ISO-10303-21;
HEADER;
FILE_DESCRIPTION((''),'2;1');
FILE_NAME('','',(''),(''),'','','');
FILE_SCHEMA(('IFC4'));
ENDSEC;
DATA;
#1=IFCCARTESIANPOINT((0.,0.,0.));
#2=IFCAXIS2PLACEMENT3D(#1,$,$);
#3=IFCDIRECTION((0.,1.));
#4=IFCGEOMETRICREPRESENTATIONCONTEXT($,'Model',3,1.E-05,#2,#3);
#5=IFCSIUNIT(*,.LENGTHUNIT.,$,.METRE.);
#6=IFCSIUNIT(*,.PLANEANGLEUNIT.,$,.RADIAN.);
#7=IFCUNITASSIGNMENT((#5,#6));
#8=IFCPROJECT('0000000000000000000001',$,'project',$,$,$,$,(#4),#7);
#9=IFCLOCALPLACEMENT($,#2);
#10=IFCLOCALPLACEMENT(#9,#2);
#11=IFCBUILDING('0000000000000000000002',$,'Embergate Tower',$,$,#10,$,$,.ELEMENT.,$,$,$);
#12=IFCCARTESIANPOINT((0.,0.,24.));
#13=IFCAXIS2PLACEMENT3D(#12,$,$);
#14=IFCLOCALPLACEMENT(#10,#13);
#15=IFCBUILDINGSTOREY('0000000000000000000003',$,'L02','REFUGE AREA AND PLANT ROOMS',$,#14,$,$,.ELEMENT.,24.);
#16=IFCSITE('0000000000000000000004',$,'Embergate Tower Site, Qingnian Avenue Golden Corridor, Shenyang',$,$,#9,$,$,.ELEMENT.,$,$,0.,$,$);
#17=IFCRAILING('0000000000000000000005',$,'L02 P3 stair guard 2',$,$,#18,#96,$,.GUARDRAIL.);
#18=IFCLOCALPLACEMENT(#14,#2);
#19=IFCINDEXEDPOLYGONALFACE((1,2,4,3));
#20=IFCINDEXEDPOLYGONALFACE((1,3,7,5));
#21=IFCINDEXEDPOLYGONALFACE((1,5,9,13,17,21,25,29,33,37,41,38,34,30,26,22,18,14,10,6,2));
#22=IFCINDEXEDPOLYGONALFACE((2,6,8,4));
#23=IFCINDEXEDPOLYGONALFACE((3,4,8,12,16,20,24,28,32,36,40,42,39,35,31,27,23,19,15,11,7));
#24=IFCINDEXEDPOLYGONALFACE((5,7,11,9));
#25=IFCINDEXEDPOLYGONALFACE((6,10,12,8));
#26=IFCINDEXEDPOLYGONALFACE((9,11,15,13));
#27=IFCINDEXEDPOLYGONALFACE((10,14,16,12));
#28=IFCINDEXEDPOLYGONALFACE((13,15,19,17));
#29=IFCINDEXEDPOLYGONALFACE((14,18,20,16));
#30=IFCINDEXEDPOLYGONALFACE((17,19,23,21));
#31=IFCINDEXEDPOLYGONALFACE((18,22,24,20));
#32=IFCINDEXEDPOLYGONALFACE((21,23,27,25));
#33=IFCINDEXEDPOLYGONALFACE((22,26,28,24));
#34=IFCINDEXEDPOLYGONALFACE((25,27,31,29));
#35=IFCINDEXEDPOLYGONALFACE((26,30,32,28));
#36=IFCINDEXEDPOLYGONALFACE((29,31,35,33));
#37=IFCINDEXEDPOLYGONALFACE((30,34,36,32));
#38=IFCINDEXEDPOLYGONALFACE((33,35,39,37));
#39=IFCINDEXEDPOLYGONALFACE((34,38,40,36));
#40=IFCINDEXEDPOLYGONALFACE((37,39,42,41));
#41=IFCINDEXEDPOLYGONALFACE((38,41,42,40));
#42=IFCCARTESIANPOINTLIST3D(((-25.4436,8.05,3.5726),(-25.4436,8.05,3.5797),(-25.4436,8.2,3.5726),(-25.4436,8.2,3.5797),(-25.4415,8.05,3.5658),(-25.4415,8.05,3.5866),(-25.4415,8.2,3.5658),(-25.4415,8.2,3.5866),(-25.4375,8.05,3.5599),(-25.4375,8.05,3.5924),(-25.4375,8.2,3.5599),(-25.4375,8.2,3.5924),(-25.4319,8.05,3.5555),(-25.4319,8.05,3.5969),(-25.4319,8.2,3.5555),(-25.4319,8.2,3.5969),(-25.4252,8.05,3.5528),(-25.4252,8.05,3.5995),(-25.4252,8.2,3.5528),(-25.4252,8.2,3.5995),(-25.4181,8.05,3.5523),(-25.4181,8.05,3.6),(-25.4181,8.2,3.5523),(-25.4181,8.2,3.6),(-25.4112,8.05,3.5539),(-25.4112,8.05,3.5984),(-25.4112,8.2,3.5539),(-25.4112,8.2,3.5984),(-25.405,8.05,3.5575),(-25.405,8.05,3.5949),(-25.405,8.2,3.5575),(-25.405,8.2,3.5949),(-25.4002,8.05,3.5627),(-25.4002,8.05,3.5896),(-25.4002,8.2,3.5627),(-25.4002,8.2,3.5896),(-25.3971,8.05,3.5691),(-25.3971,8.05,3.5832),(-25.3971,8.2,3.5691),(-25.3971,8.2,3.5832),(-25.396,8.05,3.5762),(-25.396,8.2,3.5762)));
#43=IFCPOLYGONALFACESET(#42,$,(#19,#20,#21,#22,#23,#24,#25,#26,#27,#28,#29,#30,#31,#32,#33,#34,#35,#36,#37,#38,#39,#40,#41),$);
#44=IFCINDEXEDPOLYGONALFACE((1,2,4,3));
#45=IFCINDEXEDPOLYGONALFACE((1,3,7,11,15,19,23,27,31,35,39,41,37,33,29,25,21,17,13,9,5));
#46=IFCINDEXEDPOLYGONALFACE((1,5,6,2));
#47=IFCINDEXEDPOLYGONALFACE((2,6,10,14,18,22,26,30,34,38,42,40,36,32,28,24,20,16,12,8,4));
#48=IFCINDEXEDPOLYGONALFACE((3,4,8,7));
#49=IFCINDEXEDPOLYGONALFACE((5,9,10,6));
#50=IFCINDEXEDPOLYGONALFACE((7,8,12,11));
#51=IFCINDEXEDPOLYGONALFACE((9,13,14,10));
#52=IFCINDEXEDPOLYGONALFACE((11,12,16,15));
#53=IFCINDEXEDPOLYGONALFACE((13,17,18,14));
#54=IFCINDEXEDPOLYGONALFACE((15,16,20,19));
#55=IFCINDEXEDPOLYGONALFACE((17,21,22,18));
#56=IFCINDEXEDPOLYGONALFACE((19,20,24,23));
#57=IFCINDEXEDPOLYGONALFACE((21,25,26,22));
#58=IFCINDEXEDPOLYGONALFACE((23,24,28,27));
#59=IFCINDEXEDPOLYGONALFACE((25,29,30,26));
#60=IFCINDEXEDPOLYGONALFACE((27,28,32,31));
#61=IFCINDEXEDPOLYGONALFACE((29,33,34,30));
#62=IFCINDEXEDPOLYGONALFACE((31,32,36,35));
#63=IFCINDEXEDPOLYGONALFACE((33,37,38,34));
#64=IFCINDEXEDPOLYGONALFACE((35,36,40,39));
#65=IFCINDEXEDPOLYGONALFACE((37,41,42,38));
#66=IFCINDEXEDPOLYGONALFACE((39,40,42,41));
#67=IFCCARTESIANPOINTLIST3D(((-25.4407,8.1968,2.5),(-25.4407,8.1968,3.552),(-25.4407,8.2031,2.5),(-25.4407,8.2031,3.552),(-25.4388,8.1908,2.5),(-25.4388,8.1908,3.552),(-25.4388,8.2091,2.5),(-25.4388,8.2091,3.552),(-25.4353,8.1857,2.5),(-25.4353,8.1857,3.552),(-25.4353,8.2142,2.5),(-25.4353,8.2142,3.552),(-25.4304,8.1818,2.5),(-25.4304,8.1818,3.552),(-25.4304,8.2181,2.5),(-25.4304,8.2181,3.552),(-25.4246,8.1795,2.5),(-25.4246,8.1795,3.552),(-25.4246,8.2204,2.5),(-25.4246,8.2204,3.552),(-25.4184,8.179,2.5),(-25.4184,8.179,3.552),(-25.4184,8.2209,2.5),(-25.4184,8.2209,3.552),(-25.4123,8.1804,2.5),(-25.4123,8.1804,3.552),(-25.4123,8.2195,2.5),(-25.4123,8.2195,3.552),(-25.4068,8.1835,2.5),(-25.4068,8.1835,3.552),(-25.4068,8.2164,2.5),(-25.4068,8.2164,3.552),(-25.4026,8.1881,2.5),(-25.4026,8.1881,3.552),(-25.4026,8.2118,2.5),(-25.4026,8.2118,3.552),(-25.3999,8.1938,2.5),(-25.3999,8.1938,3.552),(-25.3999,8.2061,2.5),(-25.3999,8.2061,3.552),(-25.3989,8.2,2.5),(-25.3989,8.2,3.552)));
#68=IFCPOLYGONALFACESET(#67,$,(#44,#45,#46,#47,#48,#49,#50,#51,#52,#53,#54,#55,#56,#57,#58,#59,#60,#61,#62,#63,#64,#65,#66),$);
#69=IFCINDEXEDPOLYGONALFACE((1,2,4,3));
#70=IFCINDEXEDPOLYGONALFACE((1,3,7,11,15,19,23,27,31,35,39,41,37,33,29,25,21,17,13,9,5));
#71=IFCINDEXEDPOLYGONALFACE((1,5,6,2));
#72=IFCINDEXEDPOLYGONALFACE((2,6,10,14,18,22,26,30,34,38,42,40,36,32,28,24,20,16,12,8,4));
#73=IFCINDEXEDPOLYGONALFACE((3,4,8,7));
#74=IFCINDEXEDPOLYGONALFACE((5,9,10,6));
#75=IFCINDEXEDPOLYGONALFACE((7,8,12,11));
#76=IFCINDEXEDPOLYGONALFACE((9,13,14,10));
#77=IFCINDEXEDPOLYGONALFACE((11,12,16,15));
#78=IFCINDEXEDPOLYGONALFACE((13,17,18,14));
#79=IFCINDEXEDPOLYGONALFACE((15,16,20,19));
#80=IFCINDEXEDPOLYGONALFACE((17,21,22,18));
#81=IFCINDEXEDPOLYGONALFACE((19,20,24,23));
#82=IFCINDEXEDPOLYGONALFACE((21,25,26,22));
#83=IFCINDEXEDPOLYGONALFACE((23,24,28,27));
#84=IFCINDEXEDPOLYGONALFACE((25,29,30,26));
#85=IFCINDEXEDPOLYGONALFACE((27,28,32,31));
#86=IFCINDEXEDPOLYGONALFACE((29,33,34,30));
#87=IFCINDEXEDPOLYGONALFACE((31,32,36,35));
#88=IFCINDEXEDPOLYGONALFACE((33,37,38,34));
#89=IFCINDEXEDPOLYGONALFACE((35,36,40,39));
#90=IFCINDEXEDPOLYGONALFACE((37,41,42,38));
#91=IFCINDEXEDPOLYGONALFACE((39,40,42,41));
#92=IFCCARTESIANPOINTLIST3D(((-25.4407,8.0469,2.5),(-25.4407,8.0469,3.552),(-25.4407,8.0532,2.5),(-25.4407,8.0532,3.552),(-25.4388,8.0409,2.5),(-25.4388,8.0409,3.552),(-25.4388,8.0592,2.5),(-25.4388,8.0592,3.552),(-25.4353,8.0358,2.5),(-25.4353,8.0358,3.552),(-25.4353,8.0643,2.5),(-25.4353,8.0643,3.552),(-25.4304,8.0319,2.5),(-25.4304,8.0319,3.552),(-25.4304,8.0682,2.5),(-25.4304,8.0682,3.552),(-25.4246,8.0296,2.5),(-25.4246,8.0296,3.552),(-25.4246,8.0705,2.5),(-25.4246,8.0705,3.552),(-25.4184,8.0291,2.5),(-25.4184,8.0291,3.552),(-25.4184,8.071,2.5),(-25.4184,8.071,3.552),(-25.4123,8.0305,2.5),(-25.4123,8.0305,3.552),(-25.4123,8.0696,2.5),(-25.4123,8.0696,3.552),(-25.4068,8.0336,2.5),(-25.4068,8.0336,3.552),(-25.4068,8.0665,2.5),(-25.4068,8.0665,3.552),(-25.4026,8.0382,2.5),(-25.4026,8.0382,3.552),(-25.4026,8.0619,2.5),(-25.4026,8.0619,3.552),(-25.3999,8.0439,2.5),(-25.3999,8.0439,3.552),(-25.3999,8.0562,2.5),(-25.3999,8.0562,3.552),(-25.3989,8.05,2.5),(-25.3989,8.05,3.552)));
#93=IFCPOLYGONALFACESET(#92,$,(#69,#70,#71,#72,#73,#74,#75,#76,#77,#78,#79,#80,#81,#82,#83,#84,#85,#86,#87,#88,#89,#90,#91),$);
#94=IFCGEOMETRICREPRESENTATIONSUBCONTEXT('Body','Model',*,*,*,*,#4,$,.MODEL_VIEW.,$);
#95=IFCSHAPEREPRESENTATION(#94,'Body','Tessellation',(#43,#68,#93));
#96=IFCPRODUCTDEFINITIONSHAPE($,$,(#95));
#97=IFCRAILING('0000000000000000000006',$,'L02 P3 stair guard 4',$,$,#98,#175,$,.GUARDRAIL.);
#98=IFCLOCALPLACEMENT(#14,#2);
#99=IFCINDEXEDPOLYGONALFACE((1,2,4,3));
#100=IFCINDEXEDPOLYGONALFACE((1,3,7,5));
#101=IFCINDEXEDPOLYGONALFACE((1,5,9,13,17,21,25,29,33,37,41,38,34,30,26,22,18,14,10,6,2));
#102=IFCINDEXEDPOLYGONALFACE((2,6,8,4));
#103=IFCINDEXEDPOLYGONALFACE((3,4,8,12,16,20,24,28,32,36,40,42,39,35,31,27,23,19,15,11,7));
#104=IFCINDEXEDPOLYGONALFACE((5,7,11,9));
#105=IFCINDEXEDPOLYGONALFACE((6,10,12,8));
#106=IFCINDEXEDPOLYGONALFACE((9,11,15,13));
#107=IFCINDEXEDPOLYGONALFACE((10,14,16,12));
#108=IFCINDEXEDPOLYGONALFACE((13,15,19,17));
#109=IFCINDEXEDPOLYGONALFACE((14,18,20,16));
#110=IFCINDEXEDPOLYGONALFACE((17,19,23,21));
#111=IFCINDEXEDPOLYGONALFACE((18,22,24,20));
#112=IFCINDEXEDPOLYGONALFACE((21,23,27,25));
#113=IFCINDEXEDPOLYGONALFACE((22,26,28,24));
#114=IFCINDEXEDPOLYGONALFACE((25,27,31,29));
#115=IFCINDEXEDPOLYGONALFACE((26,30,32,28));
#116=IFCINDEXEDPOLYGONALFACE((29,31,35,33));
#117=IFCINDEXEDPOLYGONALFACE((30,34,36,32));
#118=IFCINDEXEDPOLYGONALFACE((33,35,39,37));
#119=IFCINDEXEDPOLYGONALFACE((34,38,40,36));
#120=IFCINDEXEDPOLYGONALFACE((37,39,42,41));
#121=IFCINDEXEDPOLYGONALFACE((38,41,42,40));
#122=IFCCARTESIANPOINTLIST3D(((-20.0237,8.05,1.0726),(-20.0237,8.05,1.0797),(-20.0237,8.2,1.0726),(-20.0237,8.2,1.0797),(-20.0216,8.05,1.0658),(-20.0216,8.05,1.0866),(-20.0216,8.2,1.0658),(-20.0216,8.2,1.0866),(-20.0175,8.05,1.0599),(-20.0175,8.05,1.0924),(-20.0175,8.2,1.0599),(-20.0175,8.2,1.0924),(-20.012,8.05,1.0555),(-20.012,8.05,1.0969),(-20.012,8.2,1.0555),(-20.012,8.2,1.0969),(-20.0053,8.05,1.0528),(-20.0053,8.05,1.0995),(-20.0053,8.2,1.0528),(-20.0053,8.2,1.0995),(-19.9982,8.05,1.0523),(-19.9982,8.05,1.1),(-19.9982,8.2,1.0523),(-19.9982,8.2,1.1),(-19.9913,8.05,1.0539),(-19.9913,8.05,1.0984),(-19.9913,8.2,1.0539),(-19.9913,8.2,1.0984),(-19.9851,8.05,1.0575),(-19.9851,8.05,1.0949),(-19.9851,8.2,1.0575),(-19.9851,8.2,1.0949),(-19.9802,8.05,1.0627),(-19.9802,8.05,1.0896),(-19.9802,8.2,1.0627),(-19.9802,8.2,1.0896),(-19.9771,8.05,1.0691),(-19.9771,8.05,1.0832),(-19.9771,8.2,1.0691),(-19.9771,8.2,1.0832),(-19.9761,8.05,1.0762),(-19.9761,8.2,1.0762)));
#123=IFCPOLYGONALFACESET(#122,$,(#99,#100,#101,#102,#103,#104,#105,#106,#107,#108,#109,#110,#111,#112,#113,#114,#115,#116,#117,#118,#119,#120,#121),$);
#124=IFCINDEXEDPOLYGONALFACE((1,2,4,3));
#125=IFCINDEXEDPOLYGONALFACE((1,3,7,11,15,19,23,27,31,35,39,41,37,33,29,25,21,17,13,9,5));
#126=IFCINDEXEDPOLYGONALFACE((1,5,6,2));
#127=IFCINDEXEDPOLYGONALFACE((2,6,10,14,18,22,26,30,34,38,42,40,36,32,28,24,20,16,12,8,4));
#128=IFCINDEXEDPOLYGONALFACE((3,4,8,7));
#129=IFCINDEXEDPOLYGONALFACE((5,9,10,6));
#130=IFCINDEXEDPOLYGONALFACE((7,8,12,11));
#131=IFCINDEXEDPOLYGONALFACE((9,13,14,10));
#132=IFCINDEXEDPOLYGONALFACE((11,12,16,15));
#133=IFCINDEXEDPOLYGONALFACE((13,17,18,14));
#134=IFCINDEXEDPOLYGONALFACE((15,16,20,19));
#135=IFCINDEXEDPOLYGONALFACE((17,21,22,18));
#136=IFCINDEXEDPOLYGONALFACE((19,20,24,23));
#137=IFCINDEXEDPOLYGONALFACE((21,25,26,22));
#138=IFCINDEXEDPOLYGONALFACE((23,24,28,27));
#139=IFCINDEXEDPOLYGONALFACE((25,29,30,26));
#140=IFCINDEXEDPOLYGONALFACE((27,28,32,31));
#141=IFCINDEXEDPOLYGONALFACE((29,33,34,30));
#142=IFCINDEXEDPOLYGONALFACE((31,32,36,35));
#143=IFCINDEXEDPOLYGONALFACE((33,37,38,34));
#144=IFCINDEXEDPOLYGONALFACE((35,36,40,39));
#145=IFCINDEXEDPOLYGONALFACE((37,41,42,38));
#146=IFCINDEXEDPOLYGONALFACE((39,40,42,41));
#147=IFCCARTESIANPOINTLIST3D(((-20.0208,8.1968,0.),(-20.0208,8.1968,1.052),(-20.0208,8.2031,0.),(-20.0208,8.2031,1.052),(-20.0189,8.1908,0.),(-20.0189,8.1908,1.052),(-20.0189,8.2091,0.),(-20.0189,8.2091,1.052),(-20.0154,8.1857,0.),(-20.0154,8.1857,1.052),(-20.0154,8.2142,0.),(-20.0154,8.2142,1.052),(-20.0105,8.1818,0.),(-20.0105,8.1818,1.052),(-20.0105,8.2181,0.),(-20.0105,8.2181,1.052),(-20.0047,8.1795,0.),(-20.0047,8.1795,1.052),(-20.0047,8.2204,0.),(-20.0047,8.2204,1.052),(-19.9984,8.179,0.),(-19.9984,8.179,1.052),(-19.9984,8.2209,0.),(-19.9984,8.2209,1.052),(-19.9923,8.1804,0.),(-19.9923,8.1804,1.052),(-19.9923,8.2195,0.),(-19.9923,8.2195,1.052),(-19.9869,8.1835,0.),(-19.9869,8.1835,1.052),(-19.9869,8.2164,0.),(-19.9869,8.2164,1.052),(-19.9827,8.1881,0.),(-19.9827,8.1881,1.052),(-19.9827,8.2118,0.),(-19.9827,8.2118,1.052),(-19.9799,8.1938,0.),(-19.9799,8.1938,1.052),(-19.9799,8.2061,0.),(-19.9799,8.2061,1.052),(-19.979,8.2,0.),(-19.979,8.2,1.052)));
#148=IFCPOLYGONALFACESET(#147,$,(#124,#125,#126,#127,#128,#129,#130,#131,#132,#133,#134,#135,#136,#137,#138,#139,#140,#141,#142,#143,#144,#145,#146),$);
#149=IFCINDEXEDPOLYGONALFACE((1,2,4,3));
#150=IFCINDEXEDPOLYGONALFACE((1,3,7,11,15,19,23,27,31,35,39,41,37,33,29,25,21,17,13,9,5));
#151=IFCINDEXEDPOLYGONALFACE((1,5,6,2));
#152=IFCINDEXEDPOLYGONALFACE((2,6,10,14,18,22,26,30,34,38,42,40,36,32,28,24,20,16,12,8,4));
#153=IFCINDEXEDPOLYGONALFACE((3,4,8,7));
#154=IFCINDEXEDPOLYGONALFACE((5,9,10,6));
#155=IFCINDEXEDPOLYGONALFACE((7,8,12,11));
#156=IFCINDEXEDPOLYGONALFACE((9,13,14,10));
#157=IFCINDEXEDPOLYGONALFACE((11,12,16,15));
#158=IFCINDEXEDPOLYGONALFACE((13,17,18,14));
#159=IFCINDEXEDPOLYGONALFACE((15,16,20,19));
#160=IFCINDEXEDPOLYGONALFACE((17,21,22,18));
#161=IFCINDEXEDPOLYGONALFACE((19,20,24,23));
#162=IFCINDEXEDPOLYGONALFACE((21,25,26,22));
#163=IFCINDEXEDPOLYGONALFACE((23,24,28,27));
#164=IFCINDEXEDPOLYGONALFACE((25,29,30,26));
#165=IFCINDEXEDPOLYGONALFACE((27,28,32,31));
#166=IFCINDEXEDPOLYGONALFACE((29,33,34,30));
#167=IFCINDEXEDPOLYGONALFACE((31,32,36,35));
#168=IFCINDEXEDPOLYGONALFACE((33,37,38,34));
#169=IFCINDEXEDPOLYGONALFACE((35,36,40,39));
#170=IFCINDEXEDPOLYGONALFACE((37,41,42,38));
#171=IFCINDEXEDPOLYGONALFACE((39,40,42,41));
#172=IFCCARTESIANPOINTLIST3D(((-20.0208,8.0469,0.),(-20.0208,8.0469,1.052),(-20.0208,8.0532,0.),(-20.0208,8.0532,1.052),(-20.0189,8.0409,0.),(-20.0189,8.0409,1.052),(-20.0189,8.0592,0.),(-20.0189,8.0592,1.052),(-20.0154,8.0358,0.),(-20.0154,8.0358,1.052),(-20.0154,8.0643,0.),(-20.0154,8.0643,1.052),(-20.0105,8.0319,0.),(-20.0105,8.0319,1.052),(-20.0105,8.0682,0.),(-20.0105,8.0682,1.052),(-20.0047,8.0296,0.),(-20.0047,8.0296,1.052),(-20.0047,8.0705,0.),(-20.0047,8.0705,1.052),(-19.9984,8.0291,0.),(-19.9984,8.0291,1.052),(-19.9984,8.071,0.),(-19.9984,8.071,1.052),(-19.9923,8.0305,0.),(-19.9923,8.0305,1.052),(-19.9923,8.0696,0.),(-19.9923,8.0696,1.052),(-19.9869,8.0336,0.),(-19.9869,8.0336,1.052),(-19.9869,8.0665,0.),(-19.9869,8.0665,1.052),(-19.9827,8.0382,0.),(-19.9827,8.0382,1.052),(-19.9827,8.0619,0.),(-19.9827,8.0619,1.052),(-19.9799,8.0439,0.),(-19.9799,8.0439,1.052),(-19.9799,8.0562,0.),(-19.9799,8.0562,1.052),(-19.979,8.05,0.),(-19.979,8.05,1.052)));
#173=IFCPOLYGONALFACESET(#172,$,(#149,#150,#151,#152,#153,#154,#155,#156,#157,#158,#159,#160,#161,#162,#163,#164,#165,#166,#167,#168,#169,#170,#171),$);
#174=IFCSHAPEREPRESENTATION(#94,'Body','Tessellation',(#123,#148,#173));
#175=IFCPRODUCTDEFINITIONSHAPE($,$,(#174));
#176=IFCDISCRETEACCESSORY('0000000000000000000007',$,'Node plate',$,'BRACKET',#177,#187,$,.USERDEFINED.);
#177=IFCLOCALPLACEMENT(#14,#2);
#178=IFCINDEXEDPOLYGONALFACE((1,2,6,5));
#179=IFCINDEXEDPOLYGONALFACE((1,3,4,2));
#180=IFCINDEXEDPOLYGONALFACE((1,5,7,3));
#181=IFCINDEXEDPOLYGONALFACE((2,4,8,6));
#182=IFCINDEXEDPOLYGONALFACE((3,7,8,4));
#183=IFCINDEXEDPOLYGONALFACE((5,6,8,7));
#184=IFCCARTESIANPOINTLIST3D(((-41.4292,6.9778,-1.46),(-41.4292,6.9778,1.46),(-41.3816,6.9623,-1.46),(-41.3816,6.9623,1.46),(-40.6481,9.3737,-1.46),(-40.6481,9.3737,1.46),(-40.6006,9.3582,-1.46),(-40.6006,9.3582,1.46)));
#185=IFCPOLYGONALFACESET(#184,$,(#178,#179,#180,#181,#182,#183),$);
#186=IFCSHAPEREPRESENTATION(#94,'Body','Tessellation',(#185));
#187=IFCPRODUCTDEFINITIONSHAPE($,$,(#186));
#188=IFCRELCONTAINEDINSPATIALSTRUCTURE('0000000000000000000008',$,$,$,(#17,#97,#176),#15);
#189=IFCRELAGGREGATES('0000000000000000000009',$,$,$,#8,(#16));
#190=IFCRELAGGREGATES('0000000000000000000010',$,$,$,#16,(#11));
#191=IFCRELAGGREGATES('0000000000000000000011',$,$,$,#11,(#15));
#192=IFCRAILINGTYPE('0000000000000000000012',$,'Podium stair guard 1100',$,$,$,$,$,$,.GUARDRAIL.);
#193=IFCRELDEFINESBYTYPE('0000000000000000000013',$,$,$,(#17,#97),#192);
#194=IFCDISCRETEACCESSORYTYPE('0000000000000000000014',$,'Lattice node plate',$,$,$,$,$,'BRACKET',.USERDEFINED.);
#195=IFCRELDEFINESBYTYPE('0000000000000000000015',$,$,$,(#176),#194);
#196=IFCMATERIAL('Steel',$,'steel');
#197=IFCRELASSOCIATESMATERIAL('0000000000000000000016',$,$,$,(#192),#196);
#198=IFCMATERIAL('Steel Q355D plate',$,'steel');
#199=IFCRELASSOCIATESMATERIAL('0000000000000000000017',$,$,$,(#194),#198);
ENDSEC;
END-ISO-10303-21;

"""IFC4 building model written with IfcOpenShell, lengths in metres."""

from ifc_helpers import new_model, si_unit, direction, frame, origin, origin_2d, place, context, subcontext, project, spatial, rectangle, circle, extrude, source, transform, mapped, material, type_object, element, save


model = new_model("IFC4")

# Units and contexts
model_context = context("Model", 3, precision=1e-05, world=origin(), true_north=direction((0.0, 1.0)))
body_context = subcontext(model_context, "Body", "Model", "MODEL_VIEW")
ifc_project = project(units=[si_unit("LENGTHUNIT", "METRE"), si_unit("PLANEANGLEUNIT", "RADIAN")], contexts=[model_context])

# Site, building, storey
site_placement = place(None, origin())
site = spatial("IfcSite", under=ifc_project, at=site_placement, Name="Embergate Tower Site, Qingnian Avenue Golden Corridor, Shenyang", CompositionType="ELEMENT", RefElevation=0.0)
building_placement = place(site_placement, origin())
building = spatial("IfcBuilding", under=site, at=building_placement, Name="Embergate Tower", CompositionType="ELEMENT")
storey_placement = place(building_placement, frame((0.0, 0.0, 24.0)))
storey = spatial("IfcBuildingStorey", under=building, at=storey_placement, Name="L02", Description="REFUGE AREA AND PLANT ROOMS", CompositionType="ELEMENT", Elevation=24.0)

# Railings
ifc_material_1 = material(Name="Steel", Category="steel")
railing_type_1 = type_object("IfcRailingType", Name="Podium stair guard 1100", PredefinedType="GUARDRAIL", material=ifc_material_1)
shared_shape_1 = source(origin(), body_context, "Body", "SweptSolid", [
    extrude(circle(Radius=0.0239, at=origin_2d()), frame((0.0, 0.0, 1.0762), z_axis=(0.0, -1.0, 0.0), x_axis=(1.0, 0.0, 0.0)), (0.0, 0.0, 1.0), 0.1499),
    extrude(circle(Radius=0.021, at=origin_2d()), origin(), (0.0, 0.0, 1.0), 1.052),
    extrude(circle(Radius=0.021, at=origin_2d()), frame((0.0, -0.1499, 0.0)), (0.0, 0.0, 1.0), 1.052),
])
for number, where, name in (
    (1, (-25.4199, 8.2, 2.5), "L02 P3 stair guard 2"),
    (2, (-20.0, 8.2, 0.0), "L02 P3 stair guard 4"),
):
    element("IfcRailing", number, at=place(storey_placement, frame(where)), inside=storey, type_object=railing_type_1, Name=name, PredefinedType="GUARDRAIL", context=body_context, shape_type="MappedRepresentation", body=[
        mapped(shared_shape_1, transform((0.0, 0.0, 0.0))),
    ])

# Discrete accessory
ifc_material_2 = material(Name="Steel Q355D plate", Category="steel")
discrete_accessory_type = type_object("IfcDiscreteAccessoryType", Name="Lattice node plate", ElementType="BRACKET", PredefinedType="USERDEFINED", material=ifc_material_2)
shared_shape_2 = source(origin(), body_context, "Body", "SweptSolid", [
    extrude(rectangle(XDim=2.52, YDim=0.05, at=origin_2d()), origin(), (0.0, 0.0, 1.0), 2.9199),
])
discrete_accessory_placement = place(storey_placement, frame((-41.0149, 8.168, -1.46), z_axis=(0.0, 0.0, 1.0), x_axis=(-0.309946, -0.950754, 0.0)))
element("IfcDiscreteAccessory", 3, at=discrete_accessory_placement, inside=storey, type_object=discrete_accessory_type, Name="Node plate", ObjectType="BRACKET", PredefinedType="USERDEFINED", context=body_context, shape_type="MappedRepresentation", body=[
    mapped(shared_shape_2, transform((0.0, 0.0, 0.0))),
])

save(model, "model.ifc")
